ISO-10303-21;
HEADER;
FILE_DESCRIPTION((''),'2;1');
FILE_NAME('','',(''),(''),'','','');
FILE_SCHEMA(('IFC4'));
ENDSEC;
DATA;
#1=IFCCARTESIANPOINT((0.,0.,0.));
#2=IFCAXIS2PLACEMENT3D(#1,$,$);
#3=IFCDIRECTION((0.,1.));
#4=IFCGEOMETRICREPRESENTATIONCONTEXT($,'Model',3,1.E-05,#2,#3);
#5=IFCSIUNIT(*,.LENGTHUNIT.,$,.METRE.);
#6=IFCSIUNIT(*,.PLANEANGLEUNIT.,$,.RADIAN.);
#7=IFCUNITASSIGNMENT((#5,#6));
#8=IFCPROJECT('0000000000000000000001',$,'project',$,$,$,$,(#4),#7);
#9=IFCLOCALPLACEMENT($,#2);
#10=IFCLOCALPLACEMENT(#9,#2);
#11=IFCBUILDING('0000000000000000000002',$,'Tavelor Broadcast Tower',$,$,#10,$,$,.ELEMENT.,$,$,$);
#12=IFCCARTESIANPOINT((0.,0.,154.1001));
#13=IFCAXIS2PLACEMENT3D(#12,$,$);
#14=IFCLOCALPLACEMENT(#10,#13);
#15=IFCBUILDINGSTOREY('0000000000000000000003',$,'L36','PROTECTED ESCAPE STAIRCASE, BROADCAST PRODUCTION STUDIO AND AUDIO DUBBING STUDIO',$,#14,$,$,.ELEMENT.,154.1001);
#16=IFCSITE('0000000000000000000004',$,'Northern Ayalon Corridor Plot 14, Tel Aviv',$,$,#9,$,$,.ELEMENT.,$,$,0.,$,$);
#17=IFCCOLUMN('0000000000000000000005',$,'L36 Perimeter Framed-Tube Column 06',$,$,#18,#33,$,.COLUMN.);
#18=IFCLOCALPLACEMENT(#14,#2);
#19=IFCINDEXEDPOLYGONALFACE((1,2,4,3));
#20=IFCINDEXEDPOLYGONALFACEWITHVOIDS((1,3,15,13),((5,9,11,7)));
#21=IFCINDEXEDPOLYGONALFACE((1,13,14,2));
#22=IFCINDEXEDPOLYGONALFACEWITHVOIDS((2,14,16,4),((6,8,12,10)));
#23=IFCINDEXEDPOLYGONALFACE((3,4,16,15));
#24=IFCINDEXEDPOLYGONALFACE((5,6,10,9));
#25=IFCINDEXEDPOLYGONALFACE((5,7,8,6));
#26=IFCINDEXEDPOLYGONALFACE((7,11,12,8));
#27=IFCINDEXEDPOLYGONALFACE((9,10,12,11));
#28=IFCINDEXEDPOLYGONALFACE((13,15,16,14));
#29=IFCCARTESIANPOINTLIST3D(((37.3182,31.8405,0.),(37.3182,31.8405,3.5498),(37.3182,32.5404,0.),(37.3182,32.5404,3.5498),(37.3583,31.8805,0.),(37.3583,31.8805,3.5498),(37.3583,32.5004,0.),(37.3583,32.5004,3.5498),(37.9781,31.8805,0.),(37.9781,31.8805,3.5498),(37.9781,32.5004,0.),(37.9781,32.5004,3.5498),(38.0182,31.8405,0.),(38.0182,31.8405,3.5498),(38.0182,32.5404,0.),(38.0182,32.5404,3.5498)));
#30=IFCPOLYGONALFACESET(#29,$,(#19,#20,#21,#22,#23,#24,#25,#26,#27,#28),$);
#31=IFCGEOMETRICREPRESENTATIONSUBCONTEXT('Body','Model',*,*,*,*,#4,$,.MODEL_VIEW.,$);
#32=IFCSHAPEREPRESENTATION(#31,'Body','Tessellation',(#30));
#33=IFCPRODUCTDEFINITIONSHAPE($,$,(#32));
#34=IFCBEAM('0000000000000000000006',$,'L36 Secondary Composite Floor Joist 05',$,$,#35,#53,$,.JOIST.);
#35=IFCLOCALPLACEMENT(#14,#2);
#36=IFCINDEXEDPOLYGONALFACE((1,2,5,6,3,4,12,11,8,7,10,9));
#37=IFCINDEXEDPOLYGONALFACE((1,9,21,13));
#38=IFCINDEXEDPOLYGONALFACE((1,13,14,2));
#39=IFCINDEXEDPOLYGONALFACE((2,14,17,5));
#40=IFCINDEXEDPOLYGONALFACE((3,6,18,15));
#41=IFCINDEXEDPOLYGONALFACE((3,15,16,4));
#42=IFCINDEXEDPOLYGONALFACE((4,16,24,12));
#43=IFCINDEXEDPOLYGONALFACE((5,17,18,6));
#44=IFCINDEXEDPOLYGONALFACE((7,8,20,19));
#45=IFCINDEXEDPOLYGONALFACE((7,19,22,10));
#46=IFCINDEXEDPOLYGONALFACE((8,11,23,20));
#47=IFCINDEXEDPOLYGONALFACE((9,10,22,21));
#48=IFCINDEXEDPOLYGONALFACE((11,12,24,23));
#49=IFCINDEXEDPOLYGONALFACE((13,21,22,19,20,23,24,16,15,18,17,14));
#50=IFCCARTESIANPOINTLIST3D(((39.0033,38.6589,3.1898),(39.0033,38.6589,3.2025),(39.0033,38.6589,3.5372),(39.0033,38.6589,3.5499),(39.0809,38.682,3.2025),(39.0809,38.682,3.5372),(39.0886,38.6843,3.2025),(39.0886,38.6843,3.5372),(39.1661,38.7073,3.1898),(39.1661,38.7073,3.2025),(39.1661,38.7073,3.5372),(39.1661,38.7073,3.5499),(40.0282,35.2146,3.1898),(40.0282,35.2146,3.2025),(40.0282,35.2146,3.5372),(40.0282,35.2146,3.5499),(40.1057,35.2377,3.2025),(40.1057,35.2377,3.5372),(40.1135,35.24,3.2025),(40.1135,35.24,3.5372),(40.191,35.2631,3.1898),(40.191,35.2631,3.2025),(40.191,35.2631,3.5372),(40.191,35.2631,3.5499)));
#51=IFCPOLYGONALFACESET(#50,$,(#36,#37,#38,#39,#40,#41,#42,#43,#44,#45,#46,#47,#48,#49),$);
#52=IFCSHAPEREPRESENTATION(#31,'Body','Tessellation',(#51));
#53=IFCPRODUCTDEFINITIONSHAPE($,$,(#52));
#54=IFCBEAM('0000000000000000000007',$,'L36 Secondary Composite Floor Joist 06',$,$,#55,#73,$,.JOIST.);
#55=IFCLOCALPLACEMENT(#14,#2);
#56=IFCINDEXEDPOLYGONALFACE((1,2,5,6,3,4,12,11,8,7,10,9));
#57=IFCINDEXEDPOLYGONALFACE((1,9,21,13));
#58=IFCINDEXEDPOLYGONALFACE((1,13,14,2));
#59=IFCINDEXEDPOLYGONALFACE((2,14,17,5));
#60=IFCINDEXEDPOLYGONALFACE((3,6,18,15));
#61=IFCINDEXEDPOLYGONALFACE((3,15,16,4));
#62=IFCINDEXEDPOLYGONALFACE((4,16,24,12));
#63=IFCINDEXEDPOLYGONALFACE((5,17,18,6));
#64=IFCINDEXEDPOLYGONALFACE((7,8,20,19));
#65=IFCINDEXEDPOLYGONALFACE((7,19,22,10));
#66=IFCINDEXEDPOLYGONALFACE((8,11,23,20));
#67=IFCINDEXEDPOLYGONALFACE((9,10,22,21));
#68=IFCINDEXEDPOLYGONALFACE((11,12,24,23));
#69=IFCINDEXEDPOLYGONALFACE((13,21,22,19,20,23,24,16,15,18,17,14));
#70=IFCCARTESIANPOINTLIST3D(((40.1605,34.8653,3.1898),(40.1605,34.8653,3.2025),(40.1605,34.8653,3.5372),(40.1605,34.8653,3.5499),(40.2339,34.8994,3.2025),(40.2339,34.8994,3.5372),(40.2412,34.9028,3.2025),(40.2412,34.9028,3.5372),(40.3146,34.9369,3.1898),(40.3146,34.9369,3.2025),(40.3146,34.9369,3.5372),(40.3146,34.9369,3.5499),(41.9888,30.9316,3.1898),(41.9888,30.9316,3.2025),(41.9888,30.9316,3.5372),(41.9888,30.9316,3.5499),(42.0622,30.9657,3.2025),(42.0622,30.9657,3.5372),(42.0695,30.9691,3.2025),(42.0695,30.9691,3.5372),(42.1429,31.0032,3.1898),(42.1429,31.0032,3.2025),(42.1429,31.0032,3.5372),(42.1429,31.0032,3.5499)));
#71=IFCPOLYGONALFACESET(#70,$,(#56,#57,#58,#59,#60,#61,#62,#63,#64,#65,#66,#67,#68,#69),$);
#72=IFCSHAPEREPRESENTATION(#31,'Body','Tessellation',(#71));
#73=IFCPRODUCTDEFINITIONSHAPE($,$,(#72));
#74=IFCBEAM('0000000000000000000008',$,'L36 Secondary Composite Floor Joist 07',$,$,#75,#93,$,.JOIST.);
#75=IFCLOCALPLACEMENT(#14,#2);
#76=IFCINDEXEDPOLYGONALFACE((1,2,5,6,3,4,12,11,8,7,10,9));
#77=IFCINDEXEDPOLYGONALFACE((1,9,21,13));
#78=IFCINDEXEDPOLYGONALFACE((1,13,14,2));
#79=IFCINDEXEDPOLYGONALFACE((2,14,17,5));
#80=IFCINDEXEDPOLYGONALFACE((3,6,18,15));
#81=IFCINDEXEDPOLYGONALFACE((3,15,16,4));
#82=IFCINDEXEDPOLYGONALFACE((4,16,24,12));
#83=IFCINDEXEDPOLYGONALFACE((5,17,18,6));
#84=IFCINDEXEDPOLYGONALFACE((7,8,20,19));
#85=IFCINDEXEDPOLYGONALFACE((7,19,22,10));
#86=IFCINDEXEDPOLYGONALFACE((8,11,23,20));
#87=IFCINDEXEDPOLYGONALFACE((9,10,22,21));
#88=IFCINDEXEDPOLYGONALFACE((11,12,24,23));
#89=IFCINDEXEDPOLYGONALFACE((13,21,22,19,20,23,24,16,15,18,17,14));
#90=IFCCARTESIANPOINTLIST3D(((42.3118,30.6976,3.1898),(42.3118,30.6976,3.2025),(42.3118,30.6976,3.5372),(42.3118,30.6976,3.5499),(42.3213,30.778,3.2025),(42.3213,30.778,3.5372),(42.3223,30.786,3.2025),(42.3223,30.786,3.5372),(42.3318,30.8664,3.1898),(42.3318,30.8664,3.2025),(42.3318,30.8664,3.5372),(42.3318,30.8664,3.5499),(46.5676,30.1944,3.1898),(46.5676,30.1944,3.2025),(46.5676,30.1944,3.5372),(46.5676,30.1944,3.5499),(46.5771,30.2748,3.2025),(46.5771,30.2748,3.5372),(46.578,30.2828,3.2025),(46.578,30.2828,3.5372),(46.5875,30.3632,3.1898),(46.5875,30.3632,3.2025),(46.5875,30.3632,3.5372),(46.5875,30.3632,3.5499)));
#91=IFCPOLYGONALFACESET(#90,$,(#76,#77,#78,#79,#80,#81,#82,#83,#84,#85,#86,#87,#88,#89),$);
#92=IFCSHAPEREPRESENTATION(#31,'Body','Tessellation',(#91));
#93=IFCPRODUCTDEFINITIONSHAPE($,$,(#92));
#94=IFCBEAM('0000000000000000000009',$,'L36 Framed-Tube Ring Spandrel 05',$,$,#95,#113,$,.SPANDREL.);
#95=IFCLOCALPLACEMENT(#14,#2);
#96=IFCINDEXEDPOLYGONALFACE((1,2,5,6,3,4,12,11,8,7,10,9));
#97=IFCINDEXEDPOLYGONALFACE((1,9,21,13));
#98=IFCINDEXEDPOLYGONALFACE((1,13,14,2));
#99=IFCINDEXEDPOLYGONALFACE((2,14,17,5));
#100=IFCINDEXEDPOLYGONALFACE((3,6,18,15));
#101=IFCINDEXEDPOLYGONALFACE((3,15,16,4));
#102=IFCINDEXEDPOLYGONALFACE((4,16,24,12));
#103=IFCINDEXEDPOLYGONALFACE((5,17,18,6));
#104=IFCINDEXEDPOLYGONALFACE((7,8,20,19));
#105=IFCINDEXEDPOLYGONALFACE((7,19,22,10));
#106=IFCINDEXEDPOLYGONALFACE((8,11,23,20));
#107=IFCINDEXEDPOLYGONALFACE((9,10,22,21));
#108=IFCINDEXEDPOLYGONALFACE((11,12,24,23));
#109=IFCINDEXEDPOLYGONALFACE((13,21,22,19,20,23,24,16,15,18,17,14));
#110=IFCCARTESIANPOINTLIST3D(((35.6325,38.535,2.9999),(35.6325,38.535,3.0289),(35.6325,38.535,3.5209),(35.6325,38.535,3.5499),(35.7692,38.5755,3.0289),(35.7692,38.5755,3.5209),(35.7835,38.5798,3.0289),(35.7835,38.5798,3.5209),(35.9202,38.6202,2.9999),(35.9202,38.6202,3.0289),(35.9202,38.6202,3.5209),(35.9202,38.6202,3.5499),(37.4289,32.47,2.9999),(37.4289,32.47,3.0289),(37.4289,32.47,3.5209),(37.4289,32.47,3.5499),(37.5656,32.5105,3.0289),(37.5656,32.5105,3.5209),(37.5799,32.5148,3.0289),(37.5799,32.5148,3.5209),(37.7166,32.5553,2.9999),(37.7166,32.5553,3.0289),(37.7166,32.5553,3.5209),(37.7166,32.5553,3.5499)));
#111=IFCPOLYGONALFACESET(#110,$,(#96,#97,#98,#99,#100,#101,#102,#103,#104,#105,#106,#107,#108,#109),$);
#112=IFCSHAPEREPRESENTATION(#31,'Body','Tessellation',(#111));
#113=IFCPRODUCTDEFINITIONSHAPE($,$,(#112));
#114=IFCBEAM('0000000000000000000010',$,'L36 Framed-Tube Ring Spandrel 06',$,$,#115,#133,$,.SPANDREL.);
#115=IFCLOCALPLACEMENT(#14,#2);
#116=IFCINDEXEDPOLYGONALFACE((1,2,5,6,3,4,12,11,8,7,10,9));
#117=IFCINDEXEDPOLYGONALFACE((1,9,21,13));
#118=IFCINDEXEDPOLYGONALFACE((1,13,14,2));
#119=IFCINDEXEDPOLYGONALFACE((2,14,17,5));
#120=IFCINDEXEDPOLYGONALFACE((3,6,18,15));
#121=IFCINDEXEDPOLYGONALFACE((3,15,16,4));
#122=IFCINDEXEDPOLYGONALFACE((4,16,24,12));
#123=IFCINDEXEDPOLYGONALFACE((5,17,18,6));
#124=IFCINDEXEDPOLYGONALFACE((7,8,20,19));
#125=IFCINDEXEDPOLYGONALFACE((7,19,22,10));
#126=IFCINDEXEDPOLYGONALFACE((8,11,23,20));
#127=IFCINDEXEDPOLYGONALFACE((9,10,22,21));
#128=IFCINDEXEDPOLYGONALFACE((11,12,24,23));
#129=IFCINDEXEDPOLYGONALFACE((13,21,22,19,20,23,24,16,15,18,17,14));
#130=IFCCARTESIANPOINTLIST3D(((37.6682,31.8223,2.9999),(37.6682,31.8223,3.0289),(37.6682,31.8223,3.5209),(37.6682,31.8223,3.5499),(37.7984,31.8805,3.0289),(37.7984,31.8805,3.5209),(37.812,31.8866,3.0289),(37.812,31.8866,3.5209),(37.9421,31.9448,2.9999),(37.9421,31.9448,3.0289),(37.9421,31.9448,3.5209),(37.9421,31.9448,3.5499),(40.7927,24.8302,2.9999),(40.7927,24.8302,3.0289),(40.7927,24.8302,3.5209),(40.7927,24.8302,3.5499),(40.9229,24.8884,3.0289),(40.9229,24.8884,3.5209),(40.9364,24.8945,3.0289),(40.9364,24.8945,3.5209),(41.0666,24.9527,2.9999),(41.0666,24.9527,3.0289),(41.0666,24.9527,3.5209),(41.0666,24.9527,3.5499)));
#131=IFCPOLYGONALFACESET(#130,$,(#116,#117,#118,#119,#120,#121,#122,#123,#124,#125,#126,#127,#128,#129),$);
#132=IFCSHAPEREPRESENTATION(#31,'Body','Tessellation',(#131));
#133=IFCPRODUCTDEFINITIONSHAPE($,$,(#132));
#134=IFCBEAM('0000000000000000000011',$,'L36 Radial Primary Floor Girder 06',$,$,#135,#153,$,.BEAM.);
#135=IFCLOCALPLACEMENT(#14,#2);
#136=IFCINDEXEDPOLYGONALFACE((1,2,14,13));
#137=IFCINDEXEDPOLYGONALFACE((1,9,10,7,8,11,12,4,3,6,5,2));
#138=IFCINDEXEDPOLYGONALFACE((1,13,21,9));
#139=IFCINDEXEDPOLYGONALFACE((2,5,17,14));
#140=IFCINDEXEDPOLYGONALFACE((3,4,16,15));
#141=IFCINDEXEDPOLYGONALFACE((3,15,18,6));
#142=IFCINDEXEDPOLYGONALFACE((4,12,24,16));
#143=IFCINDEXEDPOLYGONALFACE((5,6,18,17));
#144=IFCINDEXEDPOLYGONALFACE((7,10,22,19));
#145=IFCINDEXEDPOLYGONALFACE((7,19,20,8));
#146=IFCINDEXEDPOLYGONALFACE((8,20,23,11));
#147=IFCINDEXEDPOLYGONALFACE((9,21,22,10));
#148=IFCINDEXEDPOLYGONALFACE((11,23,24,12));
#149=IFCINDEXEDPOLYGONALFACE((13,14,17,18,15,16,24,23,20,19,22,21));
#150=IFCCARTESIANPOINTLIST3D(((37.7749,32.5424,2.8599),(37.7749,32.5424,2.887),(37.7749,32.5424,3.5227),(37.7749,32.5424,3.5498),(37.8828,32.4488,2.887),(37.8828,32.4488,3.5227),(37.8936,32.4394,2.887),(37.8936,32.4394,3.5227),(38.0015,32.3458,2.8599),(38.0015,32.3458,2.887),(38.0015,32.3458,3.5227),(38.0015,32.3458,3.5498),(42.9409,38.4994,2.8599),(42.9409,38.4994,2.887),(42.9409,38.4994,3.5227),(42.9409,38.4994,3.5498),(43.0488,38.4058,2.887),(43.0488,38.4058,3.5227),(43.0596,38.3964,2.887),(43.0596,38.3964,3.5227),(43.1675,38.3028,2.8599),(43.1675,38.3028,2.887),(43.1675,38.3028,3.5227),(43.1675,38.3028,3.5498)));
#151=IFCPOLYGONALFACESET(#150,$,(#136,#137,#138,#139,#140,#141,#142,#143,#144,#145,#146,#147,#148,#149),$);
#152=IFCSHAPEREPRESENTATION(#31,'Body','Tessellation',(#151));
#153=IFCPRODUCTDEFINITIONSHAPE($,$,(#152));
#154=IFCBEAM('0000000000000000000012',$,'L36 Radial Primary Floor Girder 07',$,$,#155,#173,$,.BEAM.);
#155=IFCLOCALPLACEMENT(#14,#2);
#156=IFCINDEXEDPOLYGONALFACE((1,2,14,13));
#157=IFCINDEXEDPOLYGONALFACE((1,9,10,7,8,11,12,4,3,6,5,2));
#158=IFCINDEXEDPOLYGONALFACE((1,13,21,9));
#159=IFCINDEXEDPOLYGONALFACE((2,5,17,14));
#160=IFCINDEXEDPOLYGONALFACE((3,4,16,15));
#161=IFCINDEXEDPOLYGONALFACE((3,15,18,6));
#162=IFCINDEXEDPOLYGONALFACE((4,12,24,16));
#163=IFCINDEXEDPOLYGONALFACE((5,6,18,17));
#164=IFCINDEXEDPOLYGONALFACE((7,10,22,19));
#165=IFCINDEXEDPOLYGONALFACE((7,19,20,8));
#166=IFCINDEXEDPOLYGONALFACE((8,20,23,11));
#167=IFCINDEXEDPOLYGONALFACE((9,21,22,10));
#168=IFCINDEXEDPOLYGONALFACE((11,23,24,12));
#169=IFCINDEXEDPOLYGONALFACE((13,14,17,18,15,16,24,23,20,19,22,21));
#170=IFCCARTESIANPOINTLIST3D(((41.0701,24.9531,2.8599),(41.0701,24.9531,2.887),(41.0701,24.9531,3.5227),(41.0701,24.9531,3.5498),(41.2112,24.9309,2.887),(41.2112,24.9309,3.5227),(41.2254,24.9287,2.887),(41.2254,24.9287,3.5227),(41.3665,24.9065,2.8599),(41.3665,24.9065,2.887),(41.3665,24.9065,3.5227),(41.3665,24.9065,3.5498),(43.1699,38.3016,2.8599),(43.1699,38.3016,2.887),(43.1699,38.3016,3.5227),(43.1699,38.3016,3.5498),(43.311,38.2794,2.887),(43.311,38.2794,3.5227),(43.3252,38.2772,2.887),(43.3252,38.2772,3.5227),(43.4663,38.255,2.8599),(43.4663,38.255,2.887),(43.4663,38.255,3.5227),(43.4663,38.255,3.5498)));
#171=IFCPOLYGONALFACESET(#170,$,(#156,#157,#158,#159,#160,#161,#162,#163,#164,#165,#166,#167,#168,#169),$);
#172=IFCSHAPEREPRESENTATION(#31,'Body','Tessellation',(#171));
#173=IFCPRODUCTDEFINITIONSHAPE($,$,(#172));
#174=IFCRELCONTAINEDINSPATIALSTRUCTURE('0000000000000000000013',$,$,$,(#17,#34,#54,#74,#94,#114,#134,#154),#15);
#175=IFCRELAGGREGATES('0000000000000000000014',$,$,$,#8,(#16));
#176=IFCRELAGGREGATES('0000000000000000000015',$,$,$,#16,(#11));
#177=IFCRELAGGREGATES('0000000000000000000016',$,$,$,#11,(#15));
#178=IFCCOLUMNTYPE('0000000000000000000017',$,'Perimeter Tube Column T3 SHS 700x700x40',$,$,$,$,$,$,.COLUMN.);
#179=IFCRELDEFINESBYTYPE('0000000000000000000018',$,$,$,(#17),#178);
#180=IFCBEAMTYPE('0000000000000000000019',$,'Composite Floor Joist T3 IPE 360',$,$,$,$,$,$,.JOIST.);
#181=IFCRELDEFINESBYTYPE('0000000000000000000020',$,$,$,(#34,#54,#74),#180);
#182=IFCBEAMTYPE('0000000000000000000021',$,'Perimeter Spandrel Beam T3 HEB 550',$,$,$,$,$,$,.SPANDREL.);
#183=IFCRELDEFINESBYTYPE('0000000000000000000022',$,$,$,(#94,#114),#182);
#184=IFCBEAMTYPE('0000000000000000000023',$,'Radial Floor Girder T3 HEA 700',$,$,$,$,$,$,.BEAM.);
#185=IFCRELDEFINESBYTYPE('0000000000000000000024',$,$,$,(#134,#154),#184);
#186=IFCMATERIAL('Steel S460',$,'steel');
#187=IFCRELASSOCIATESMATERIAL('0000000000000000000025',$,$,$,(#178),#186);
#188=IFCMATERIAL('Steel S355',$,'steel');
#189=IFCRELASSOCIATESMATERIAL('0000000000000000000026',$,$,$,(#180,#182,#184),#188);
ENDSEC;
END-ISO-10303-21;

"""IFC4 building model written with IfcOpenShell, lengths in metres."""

from ifc_helpers import new_model, si_unit, direction, frame, origin, origin_2d, place, context, subcontext, project, spatial, hollow_rectangle, i_section, extrude, material, material_profile, profile_set, type_object, element, save


model = new_model("IFC4")

# Units and contexts
model_context = context("Model", 3, precision=1e-05, world=origin(), true_north=direction((0.0, 1.0)))
body_context = subcontext(model_context, "Body", "Model", "MODEL_VIEW")
ifc_project = project(units=[si_unit("LENGTHUNIT", "METRE"), si_unit("PLANEANGLEUNIT", "RADIAN")], contexts=[model_context])

# Site, building, storey
site_placement = place(None, origin())
site = spatial("IfcSite", under=ifc_project, at=site_placement, Name="Northern Ayalon Corridor Plot 14, Tel Aviv", CompositionType="ELEMENT", RefElevation=0.0)
building_placement = place(site_placement, origin())
building = spatial("IfcBuilding", under=site, at=building_placement, Name="Tavelor Broadcast Tower", CompositionType="ELEMENT")
storey_placement = place(building_placement, frame((0.0, 0.0, 154.1001)))
storey = spatial("IfcBuildingStorey", under=building, at=storey_placement, Name="L36", Description="PROTECTED ESCAPE STAIRCASE, BROADCAST PRODUCTION STUDIO AND AUDIO DUBBING STUDIO", CompositionType="ELEMENT", Elevation=154.1001)

# Column
ifc_material_1 = material(Name="Steel S460", Category="steel")
ifc_material_profile_1 = material_profile(ifc_material_1, hollow_rectangle(XDim=0.7, YDim=0.7, WallThickness=0.04, at=origin_2d()), Name="SHS 700x700x40")
ifc_profile_set_1 = profile_set([ifc_material_profile_1], Name="Steel S460")
column_type = type_object("IfcColumnType", Name="Perimeter Tube Column T3 SHS 700x700x40", PredefinedType="COLUMN", material=ifc_profile_set_1)
column_placement = place(storey_placement, frame((37.6682, 32.1904, 0.0), z_axis=(0.0, 0.0, 1.0), x_axis=(1.0, 0.0, 0.0)))
element("IfcColumn", 1, at=column_placement, inside=storey, type_object=column_type, Name="L36 Perimeter Framed-Tube Column 06", PredefinedType="COLUMN", context=body_context, shape_type="SweptSolid", body=[
    extrude(hollow_rectangle(XDim=0.7, YDim=0.7, WallThickness=0.04, at=origin_2d()), origin(), (0.0, 0.0, 1.0), 3.5498),
])

# Beams
ifc_material_2 = material(Name="Steel S355", Category="steel")
ifc_material_profile_2 = material_profile(ifc_material_2, i_section(OverallWidth=0.1699, OverallDepth=0.3601, WebThickness=0.0081, FlangeThickness=0.0127, at=origin_2d()), Name="IPE 360")
ifc_profile_set_2 = profile_set([ifc_material_profile_2], Name="Steel S355")
beam_type_1 = type_object("IfcBeamType", Name="Composite Floor Joist T3 IPE 360", PredefinedType="JOIST", material=ifc_profile_set_2)
beam_1_placement = place(storey_placement, frame((39.0847, 38.6831, 3.3699), z_axis=(0.285203, -0.958467, 0.0), x_axis=(0.958467, 0.285203, 0.0)))
element("IfcBeam", 2, at=beam_1_placement, inside=storey, type_object=beam_type_1, Name="L36 Secondary Composite Floor Joist 05", PredefinedType="JOIST", context=body_context, shape_type="SweptSolid", body=[
    extrude(i_section(OverallWidth=0.1699, OverallDepth=0.3601, WebThickness=0.0081, FlangeThickness=0.0127, at=origin_2d()), origin(), (0.0, 0.0, 1.0), 3.5935),
])
beam_2_placement = place(storey_placement, frame((40.2375, 34.9011, 3.3699), z_axis=(0.42148, -0.906838, 0.0), x_axis=(0.906838, 0.42148, 0.0)))
element("IfcBeam", 3, at=beam_2_placement, inside=storey, type_object=beam_type_1, Name="L36 Secondary Composite Floor Joist 06", PredefinedType="JOIST", context=body_context, shape_type="SweptSolid", body=[
    extrude(i_section(OverallWidth=0.1699, OverallDepth=0.3601, WebThickness=0.0081, FlangeThickness=0.0127, at=origin_2d()), origin(), (0.0, 0.0, 1.0), 4.3379),
])
beam_3_placement = place(storey_placement, frame((42.3218, 30.782, 3.3699), z_axis=(0.993083, -0.117413, 0.0), x_axis=(0.117413, 0.993083, 0.0)))
element("IfcBeam", 4, at=beam_3_placement, inside=storey, type_object=beam_type_1, Name="L36 Secondary Composite Floor Joist 07", PredefinedType="JOIST", context=body_context, shape_type="SweptSolid", body=[
    extrude(i_section(OverallWidth=0.1699, OverallDepth=0.3601, WebThickness=0.0081, FlangeThickness=0.0127, at=origin_2d()), origin(), (0.0, 0.0, 1.0), 4.2854),
])
ifc_material_profile_3 = material_profile(ifc_material_2, i_section(OverallWidth=0.3, OverallDepth=0.55, WebThickness=0.0149, FlangeThickness=0.0291, at=origin_2d()), Name="HEB 550")
ifc_profile_set_3 = profile_set([ifc_material_profile_3], Name="Steel S355")
beam_type_2 = type_object("IfcBeamType", Name="Perimeter Spandrel Beam T3 HEB 550", PredefinedType="SPANDREL", material=ifc_profile_set_3)
beam_4_placement = place(storey_placement, frame((35.7764, 38.5776, 3.2749), z_axis=(0.283996, -0.958825, 0.0), x_axis=(0.958825, 0.283996, 0.0)))
element("IfcBeam", 5, at=beam_4_placement, inside=storey, type_object=beam_type_2, Name="L36 Framed-Tube Ring Spandrel 05", PredefinedType="SPANDREL", context=body_context, shape_type="SweptSolid", body=[
    extrude(i_section(OverallWidth=0.3, OverallDepth=0.55, WebThickness=0.0149, FlangeThickness=0.0291, at=origin_2d()), origin(), (0.0, 0.0, 1.0), 6.3254),
])
beam_5_placement = place(storey_placement, frame((37.8052, 31.8835, 3.2749), z_axis=(0.407977, -0.912992, 0.0), x_axis=(0.912992, 0.407977, 0.0)))
element("IfcBeam", 6, at=beam_5_placement, inside=storey, type_object=beam_type_2, Name="L36 Framed-Tube Ring Spandrel 06", PredefinedType="SPANDREL", context=body_context, shape_type="SweptSolid", body=[
    extrude(i_section(OverallWidth=0.3, OverallDepth=0.55, WebThickness=0.0149, FlangeThickness=0.0291, at=origin_2d()), origin(), (0.0, 0.0, 1.0), 7.6584),
])
ifc_material_profile_4 = material_profile(ifc_material_2, i_section(OverallWidth=0.3, OverallDepth=0.6899, WebThickness=0.0144, FlangeThickness=0.0271, at=origin_2d()), Name="HEA 700")
ifc_profile_set_4 = profile_set([ifc_material_profile_4], Name="Steel S355")
beam_type_3 = type_object("IfcBeamType", Name="Radial Floor Girder T3 HEA 700", PredefinedType="BEAM", material=ifc_profile_set_4)
beam_6_placement = place(storey_placement, frame((43.0542, 38.4011, 3.2048), z_axis=(-0.655166, -0.755485, 0.0), x_axis=(0.755485, -0.655166, 0.0)))
element("IfcBeam", 7, at=beam_6_placement, inside=storey, type_object=beam_type_3, Name="L36 Radial Primary Floor Girder 06", PredefinedType="BEAM", context=body_context, shape_type="SweptSolid", body=[
    extrude(i_section(OverallWidth=0.3, OverallDepth=0.6899, WebThickness=0.0144, FlangeThickness=0.0271, at=origin_2d()), origin(), (0.0, 0.0, 1.0), 7.885),
])
beam_7_placement = place(storey_placement, frame((43.3181, 38.2783, 3.2048), z_axis=(-0.155398, -0.987852, 0.0), x_axis=(0.987852, -0.155398, 0.0)))
element("IfcBeam", 8, at=beam_7_placement, inside=storey, type_object=beam_type_3, Name="L36 Radial Primary Floor Girder 07", PredefinedType="BEAM", context=body_context, shape_type="SweptSolid", body=[
    extrude(i_section(OverallWidth=0.3, OverallDepth=0.6899, WebThickness=0.0144, FlangeThickness=0.0271, at=origin_2d()), origin(), (0.0, 0.0, 1.0), 13.5127),
])

save(model, "model.ifc")
